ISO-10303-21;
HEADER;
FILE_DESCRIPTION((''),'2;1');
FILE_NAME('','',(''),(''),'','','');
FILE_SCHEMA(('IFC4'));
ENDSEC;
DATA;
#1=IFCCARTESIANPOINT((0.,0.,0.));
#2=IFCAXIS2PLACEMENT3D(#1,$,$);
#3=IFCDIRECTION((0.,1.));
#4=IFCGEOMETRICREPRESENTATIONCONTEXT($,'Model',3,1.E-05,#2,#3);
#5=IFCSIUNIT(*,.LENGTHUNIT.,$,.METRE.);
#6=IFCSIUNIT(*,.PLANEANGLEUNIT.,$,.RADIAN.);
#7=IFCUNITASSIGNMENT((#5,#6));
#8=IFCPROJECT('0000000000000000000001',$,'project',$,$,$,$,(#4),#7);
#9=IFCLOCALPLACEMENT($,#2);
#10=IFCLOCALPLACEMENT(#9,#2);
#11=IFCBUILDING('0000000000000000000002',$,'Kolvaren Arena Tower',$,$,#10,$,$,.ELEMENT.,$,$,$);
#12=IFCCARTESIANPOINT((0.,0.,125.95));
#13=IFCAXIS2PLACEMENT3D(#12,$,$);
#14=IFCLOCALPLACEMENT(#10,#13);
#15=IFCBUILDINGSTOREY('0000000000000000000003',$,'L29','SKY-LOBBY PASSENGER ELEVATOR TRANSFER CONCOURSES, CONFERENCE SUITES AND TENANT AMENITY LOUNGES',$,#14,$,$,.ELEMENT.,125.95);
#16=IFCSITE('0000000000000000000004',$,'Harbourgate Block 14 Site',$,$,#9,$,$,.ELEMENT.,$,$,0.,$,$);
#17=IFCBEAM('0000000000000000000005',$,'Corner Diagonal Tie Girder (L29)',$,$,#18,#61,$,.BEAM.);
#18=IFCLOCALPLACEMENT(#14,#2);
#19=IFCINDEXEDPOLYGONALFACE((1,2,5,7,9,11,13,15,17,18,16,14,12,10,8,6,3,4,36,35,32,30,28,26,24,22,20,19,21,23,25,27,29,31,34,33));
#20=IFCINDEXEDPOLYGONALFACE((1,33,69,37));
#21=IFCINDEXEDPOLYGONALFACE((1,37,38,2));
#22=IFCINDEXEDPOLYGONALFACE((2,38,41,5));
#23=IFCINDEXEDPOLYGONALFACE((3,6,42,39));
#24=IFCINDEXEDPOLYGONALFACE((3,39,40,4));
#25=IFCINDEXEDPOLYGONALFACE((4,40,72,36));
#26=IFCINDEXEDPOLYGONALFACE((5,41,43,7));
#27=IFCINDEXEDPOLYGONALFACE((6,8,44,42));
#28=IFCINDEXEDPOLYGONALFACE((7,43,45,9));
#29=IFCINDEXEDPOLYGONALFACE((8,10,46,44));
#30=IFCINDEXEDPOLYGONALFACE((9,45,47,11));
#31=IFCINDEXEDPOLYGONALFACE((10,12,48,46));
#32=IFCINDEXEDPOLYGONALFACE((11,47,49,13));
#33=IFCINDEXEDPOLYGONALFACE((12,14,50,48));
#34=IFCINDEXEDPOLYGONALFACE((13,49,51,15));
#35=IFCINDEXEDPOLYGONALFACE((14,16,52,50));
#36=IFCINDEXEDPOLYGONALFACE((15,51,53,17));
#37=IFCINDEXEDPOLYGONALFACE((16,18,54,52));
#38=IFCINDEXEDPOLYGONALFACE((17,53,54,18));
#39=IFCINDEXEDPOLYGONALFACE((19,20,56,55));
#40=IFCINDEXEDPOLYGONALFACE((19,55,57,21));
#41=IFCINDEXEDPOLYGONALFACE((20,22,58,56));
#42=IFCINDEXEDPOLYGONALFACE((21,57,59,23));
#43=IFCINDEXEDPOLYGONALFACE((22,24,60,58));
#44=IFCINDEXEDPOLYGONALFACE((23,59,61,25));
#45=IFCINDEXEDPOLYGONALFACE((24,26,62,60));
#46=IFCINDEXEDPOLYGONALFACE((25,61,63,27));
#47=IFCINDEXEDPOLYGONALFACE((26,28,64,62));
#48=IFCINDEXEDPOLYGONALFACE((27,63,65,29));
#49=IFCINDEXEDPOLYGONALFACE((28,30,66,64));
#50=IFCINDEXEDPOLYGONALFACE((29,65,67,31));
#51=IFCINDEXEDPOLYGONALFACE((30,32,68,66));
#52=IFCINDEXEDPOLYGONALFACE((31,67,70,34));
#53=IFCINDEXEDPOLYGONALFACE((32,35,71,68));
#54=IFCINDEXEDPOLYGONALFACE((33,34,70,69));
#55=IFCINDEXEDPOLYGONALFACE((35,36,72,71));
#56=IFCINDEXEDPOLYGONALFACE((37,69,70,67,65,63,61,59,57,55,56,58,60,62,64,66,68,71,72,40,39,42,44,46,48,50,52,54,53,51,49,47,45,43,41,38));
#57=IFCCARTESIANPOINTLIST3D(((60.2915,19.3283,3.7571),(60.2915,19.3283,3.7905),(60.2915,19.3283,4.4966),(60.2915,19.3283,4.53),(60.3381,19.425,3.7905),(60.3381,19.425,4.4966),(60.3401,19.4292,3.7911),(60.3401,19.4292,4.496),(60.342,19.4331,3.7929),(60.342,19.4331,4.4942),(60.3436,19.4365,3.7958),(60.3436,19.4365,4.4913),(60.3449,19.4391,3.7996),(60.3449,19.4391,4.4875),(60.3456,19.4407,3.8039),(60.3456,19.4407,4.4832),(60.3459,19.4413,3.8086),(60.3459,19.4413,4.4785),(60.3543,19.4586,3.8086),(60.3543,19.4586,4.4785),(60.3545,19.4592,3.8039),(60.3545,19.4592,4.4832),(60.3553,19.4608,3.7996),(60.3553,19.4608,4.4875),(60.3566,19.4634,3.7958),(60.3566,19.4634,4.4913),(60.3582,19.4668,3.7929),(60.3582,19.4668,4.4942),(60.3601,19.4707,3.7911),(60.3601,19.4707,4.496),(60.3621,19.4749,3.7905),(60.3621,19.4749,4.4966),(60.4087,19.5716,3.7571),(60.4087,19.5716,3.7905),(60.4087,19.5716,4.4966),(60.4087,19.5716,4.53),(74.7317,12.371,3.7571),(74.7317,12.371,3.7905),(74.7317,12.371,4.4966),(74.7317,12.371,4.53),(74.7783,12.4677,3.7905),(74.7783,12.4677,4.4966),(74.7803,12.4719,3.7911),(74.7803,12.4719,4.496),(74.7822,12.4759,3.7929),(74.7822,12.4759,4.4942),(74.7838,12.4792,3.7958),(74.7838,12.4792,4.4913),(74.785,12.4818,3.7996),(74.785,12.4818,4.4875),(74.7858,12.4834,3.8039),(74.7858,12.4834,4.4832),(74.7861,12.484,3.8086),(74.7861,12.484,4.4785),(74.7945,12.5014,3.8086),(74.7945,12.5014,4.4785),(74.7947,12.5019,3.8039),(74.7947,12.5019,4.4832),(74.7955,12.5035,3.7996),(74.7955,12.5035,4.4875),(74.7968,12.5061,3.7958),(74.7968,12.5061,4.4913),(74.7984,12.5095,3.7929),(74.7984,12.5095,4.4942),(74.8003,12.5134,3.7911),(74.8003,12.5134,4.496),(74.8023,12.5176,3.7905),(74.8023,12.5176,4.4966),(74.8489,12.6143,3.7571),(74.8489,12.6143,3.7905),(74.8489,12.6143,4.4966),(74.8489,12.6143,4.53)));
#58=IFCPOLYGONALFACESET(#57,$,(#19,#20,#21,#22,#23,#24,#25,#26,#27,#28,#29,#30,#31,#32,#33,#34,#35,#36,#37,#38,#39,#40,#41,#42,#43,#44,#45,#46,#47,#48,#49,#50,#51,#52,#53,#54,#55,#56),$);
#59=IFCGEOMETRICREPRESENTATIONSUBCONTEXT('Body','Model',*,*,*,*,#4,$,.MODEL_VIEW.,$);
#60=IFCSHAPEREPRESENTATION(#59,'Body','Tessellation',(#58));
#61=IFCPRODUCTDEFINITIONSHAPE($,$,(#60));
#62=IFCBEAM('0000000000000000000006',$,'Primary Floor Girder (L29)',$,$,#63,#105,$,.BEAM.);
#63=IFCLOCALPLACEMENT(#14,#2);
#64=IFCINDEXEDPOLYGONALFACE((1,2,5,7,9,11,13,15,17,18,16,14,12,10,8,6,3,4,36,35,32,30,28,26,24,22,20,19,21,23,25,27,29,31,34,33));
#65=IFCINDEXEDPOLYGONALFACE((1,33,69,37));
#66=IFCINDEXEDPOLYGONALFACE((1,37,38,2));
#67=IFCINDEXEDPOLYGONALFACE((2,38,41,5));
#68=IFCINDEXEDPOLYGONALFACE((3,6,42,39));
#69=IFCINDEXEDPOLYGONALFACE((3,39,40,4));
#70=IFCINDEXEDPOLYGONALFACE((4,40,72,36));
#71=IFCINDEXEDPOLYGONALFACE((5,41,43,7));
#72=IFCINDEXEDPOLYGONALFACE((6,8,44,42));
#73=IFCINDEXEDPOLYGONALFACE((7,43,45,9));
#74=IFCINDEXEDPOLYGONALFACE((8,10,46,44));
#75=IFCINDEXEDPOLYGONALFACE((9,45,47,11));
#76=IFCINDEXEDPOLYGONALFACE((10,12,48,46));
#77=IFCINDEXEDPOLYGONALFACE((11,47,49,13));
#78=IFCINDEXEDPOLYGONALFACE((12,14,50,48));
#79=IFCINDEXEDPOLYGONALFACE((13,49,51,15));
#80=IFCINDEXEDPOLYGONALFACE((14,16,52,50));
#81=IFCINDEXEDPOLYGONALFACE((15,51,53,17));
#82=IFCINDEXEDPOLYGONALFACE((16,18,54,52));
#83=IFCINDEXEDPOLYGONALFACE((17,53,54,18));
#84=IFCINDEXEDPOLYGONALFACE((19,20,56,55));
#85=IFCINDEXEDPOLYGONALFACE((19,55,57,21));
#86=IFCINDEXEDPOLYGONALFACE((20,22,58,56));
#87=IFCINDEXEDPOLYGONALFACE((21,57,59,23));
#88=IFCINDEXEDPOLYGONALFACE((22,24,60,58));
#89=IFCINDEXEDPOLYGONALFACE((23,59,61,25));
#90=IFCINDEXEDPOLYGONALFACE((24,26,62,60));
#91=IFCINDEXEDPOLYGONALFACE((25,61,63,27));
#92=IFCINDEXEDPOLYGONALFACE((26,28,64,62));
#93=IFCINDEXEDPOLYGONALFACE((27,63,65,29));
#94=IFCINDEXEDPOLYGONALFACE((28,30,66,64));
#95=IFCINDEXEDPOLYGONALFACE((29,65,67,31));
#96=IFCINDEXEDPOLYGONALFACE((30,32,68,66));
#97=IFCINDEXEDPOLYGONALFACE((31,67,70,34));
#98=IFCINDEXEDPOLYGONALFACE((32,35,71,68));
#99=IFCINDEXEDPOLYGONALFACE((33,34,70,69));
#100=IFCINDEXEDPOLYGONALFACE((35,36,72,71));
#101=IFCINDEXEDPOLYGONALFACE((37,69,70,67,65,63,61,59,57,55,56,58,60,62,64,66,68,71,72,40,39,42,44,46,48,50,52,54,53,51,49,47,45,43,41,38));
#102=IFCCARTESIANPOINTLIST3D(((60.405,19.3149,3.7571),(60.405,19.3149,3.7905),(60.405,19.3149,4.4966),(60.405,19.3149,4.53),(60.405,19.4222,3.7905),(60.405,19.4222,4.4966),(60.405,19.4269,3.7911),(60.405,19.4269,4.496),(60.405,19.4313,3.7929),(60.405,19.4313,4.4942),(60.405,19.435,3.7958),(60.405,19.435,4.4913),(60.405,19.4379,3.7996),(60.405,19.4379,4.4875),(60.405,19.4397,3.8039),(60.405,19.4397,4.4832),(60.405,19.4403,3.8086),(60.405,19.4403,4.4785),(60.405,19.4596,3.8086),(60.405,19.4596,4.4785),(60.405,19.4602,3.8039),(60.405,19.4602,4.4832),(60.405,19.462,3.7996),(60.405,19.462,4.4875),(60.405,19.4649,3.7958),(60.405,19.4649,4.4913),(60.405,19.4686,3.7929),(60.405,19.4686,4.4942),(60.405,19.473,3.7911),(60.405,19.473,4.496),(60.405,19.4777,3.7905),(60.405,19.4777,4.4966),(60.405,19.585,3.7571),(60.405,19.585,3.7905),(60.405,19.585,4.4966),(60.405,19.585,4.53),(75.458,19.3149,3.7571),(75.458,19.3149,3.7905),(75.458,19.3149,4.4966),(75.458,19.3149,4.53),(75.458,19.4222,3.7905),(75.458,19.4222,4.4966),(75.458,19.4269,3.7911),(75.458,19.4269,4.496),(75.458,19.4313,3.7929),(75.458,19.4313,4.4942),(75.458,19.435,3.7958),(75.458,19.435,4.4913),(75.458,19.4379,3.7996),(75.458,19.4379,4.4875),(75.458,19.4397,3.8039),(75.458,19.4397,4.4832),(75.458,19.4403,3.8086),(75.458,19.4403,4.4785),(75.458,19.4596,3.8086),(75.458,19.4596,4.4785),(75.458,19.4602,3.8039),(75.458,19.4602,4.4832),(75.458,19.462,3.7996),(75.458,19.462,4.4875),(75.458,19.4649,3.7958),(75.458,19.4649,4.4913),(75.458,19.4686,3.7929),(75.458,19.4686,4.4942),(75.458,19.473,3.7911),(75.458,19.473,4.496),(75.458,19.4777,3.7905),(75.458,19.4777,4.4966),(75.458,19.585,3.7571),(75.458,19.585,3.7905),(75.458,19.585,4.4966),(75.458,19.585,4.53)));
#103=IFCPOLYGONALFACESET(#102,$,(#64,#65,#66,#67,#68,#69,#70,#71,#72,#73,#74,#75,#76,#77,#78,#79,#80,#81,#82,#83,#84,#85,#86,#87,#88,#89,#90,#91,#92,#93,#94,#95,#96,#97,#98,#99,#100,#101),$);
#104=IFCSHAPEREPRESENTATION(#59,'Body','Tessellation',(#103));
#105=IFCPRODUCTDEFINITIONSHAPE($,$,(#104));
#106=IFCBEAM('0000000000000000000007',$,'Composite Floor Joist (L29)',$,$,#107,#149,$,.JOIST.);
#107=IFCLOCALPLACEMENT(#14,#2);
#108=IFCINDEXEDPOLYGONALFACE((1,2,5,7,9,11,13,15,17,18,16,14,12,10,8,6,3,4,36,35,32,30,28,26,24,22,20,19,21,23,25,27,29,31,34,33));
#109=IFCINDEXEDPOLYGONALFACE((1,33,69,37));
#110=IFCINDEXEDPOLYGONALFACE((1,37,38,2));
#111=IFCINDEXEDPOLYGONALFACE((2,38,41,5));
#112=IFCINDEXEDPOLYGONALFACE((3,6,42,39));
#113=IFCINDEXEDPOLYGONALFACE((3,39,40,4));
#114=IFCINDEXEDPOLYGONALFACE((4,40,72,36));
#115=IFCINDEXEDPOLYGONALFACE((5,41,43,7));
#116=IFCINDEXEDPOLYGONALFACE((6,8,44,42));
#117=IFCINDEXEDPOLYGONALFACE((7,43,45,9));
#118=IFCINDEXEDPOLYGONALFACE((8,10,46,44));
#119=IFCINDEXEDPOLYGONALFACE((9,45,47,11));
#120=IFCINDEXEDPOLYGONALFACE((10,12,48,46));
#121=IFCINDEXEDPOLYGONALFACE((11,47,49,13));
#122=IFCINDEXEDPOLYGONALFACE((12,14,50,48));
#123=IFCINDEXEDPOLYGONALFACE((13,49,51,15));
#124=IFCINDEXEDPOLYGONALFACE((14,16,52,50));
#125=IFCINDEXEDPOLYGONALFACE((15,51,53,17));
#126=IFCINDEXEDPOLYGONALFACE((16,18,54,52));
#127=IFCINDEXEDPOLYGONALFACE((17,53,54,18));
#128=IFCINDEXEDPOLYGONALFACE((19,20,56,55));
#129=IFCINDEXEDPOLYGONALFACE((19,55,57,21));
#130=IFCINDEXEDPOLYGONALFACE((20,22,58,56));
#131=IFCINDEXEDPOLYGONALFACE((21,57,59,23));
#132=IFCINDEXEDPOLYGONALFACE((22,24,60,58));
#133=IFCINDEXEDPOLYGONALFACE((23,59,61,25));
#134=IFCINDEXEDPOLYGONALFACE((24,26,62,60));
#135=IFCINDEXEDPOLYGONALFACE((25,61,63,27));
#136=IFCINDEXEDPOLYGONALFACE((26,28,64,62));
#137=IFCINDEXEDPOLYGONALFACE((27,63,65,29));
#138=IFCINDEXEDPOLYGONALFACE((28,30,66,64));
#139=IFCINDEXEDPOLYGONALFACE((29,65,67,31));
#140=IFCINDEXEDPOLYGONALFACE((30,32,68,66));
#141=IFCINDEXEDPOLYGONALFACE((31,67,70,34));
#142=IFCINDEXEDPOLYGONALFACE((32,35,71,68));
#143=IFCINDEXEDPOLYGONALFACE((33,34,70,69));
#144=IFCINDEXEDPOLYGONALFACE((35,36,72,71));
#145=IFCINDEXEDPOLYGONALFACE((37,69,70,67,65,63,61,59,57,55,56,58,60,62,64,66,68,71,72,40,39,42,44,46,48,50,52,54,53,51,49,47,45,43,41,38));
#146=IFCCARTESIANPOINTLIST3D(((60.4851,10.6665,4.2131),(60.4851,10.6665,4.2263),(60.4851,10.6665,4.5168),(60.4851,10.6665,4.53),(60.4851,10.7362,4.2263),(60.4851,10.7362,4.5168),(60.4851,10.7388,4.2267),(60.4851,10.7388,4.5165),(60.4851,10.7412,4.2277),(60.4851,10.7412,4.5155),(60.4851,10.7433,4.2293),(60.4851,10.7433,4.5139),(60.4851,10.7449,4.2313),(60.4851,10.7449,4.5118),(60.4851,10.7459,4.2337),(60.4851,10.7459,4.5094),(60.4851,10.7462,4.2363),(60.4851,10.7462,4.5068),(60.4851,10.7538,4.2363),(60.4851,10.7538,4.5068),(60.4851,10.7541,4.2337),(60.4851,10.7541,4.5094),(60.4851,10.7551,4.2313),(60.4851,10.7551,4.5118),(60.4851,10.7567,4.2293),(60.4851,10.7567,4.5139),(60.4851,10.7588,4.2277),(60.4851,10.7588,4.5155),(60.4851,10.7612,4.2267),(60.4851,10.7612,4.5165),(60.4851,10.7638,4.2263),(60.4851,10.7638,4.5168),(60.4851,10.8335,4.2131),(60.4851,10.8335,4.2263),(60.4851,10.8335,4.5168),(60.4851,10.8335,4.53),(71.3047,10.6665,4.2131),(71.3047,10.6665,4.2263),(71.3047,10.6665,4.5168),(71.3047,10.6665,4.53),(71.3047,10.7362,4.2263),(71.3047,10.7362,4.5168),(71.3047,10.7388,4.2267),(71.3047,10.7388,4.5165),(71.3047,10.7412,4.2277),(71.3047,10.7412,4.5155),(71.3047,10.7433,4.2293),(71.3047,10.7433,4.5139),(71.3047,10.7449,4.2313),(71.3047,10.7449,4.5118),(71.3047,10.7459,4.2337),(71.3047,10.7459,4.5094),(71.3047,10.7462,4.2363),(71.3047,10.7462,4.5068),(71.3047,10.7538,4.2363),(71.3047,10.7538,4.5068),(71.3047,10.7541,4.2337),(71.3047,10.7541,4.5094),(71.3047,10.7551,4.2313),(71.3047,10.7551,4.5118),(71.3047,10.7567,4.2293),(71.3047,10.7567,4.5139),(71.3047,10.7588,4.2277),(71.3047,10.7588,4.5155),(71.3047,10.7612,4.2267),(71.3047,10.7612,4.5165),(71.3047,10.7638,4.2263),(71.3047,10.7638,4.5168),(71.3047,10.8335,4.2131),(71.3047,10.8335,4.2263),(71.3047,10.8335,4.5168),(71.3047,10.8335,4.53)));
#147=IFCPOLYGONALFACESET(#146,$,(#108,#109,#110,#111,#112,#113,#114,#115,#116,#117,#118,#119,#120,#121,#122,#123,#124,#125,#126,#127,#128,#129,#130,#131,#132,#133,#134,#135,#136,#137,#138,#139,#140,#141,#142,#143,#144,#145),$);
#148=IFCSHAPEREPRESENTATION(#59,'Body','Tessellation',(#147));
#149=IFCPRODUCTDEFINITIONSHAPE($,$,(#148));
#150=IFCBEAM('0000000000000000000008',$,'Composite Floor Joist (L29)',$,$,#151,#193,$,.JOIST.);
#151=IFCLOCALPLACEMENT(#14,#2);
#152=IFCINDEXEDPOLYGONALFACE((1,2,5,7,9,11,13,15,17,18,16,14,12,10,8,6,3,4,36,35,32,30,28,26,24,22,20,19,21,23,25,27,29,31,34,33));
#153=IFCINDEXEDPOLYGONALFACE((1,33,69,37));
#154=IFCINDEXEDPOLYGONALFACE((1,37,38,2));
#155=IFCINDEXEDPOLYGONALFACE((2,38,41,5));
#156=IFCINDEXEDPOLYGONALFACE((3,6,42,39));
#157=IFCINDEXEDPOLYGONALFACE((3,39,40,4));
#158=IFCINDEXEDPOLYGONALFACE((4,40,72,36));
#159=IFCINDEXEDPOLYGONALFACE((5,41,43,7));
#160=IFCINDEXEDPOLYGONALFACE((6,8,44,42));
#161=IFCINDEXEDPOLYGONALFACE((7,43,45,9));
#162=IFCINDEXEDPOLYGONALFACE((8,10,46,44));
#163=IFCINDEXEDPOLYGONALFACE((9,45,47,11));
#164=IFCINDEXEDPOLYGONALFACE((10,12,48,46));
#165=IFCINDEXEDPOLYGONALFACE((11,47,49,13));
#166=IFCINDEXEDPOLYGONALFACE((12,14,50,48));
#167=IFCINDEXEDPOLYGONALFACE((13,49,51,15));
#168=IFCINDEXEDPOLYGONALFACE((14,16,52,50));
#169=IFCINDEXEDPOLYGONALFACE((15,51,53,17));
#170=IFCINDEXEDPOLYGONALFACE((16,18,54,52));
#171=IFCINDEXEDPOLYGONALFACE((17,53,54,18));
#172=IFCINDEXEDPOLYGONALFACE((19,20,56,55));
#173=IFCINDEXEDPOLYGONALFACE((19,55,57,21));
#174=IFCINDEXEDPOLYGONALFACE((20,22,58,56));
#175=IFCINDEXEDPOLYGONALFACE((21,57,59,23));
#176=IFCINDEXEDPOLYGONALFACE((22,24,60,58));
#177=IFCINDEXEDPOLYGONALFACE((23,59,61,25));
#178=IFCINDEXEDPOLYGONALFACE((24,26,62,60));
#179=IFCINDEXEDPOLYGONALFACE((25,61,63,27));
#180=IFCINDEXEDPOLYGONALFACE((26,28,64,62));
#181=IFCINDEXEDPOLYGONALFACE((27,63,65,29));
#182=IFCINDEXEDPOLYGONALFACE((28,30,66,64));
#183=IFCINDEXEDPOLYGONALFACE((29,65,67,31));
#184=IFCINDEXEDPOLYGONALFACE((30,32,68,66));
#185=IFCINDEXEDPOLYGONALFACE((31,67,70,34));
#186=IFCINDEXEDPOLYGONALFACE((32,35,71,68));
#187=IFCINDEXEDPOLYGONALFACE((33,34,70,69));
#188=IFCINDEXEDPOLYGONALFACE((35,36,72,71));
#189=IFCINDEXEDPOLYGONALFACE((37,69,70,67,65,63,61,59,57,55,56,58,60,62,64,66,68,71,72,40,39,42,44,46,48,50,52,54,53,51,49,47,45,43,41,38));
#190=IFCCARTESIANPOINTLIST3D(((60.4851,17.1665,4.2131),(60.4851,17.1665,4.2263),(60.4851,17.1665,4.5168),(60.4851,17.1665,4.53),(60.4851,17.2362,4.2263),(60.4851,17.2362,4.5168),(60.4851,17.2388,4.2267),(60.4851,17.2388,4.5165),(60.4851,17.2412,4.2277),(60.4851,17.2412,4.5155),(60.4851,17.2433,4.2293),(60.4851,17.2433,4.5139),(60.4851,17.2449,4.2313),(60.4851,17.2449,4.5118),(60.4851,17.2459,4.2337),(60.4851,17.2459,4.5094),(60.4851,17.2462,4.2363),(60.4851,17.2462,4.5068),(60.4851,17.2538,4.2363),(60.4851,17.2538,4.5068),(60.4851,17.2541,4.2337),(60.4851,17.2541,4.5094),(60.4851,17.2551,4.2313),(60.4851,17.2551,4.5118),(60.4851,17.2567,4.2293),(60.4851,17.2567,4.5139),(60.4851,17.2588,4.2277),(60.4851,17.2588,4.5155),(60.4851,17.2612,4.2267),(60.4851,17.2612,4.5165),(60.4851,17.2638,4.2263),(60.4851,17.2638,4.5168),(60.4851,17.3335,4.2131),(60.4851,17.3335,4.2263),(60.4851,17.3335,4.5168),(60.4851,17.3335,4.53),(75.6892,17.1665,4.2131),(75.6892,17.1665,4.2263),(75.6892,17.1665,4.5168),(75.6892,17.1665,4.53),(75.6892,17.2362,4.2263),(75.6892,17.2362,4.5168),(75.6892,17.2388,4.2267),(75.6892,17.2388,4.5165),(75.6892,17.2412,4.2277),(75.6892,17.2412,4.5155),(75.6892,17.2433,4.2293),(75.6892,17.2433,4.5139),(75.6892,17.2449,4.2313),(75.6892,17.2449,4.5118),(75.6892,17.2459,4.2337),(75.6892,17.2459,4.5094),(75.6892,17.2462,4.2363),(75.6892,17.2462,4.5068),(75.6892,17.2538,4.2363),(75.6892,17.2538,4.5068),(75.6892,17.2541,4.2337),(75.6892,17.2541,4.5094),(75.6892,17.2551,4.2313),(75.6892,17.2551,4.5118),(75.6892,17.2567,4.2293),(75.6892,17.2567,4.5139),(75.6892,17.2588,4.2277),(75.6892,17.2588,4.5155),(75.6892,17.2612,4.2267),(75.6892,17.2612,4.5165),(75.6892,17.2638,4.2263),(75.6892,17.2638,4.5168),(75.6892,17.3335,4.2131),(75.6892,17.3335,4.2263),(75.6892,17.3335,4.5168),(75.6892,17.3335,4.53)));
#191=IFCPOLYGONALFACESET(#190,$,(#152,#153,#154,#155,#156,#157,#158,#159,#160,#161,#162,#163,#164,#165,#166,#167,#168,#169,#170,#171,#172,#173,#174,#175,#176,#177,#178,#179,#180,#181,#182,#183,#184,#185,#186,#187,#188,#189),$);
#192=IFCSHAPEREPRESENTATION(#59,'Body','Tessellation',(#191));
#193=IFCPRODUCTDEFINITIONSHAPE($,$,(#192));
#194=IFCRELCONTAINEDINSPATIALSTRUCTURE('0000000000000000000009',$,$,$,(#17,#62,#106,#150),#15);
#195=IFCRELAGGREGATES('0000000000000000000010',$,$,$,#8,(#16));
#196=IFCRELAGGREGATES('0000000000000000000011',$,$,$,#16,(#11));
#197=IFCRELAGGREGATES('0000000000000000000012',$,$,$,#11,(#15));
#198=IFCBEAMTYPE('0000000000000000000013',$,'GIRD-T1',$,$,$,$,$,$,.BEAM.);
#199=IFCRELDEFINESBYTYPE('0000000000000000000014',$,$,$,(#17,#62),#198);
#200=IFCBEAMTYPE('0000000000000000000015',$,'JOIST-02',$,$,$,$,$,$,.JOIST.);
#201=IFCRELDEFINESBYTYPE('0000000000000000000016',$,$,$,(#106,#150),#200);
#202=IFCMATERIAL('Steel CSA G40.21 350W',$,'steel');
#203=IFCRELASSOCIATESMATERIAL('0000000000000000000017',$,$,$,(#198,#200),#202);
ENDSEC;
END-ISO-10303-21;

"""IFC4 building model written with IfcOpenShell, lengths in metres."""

from ifc_helpers import new_model, si_unit, direction, frame, origin, origin_2d, place, context, subcontext, project, spatial, i_section, extrude, material, material_profile, profile_set, type_object, element, save


model = new_model("IFC4")

# Units and contexts
model_context = context("Model", 3, precision=1e-05, world=origin(), true_north=direction((0.0, 1.0)))
body_context = subcontext(model_context, "Body", "Model", "MODEL_VIEW")
ifc_project = project(units=[si_unit("LENGTHUNIT", "METRE"), si_unit("PLANEANGLEUNIT", "RADIAN")], contexts=[model_context])

# Site, building, storey
site_placement = place(None, origin())
site = spatial("IfcSite", under=ifc_project, at=site_placement, Name="Harbourgate Block 14 Site", CompositionType="ELEMENT", RefElevation=0.0)
building_placement = place(site_placement, origin())
building = spatial("IfcBuilding", under=site, at=building_placement, Name="Kolvaren Arena Tower", CompositionType="ELEMENT")
storey_placement = place(building_placement, frame((0.0, 0.0, 125.95)))
storey = spatial("IfcBuildingStorey", under=building, at=storey_placement, Name="L29", Description="SKY-LOBBY PASSENGER ELEVATOR TRANSFER CONCOURSES, CONFERENCE SUITES AND TENANT AMENITY LOUNGES", CompositionType="ELEMENT", Elevation=125.95)

# Beams
ifc_material_1 = material(Name="Steel CSA G40.21 350W", Category="steel")
ifc_material_profile_1 = material_profile(ifc_material_1, i_section(OverallWidth=0.27, OverallDepth=0.7729, WebThickness=0.0193, FlangeThickness=0.0334, FilletRadius=0.0181, at=origin_2d()), Name="W760x257")
ifc_profile_set_1 = profile_set([ifc_material_profile_1], Name="Steel CSA G40.21 350W")
beam_type_1 = type_object("IfcBeamType", Name="GIRD-T1", PredefinedType="BEAM", material=ifc_profile_set_1)
beam_1_placement = place(storey_placement, frame((74.7903, 12.4927, 4.1436), z_axis=(-0.90089, 0.434048, 0.0), x_axis=(-0.434048, -0.90089, 0.0)))
element("IfcBeam", 1, at=beam_1_placement, inside=storey, type_object=beam_type_1, Name="Corner Diagonal Tie Girder (L29)", PredefinedType="BEAM", context=body_context, shape_type="SweptSolid", body=[
    extrude(i_section(OverallWidth=0.27, OverallDepth=0.7729, WebThickness=0.0193, FlangeThickness=0.0334, FilletRadius=0.0181, at=origin_2d()), origin(), (0.0, 0.0, 1.0), 16.0288),
])
beam_2_placement = place(storey_placement, frame((60.405, 19.45, 4.1436), z_axis=(1.0, 0.0, 0.0), x_axis=(0.0, 1.0, 0.0)))
element("IfcBeam", 2, at=beam_2_placement, inside=storey, type_object=beam_type_1, Name="Primary Floor Girder (L29)", PredefinedType="BEAM", context=body_context, shape_type="SweptSolid", body=[
    extrude(i_section(OverallWidth=0.27, OverallDepth=0.7729, WebThickness=0.0193, FlangeThickness=0.0334, FilletRadius=0.0181, at=origin_2d()), origin(), (0.0, 0.0, 1.0), 15.053),
])
ifc_material_profile_2 = material_profile(ifc_material_1, i_section(OverallWidth=0.167, OverallDepth=0.3169, WebThickness=0.0076, FlangeThickness=0.0132, FilletRadius=0.01, at=origin_2d()), Name="W310x52")
ifc_profile_set_2 = profile_set([ifc_material_profile_2], Name="Steel CSA G40.21 350W")
beam_type_2 = type_object("IfcBeamType", Name="JOIST-02", PredefinedType="JOIST", material=ifc_profile_set_2)
beam_3_placement = place(storey_placement, frame((60.4851, 10.75, 4.3716), z_axis=(1.0, 0.0, 0.0), x_axis=(0.0, 1.0, 0.0)))
element("IfcBeam", 3, at=beam_3_placement, inside=storey, type_object=beam_type_2, Name="Composite Floor Joist (L29)", PredefinedType="JOIST", context=body_context, shape_type="SweptSolid", body=[
    extrude(i_section(OverallWidth=0.167, OverallDepth=0.3169, WebThickness=0.0076, FlangeThickness=0.0132, FilletRadius=0.01, at=origin_2d()), origin(), (0.0, 0.0, 1.0), 10.8196),
])
beam_4_placement = place(storey_placement, frame((60.4851, 17.25, 4.3716), z_axis=(1.0, 0.0, 0.0), x_axis=(0.0, 1.0, 0.0)))
element("IfcBeam", 4, at=beam_4_placement, inside=storey, type_object=beam_type_2, Name="Composite Floor Joist (L29)", PredefinedType="JOIST", context=body_context, shape_type="SweptSolid", body=[
    extrude(i_section(OverallWidth=0.167, OverallDepth=0.3169, WebThickness=0.0076, FlangeThickness=0.0132, FilletRadius=0.01, at=origin_2d()), origin(), (0.0, 0.0, 1.0), 15.2041),
])

save(model, "model.ifc")
